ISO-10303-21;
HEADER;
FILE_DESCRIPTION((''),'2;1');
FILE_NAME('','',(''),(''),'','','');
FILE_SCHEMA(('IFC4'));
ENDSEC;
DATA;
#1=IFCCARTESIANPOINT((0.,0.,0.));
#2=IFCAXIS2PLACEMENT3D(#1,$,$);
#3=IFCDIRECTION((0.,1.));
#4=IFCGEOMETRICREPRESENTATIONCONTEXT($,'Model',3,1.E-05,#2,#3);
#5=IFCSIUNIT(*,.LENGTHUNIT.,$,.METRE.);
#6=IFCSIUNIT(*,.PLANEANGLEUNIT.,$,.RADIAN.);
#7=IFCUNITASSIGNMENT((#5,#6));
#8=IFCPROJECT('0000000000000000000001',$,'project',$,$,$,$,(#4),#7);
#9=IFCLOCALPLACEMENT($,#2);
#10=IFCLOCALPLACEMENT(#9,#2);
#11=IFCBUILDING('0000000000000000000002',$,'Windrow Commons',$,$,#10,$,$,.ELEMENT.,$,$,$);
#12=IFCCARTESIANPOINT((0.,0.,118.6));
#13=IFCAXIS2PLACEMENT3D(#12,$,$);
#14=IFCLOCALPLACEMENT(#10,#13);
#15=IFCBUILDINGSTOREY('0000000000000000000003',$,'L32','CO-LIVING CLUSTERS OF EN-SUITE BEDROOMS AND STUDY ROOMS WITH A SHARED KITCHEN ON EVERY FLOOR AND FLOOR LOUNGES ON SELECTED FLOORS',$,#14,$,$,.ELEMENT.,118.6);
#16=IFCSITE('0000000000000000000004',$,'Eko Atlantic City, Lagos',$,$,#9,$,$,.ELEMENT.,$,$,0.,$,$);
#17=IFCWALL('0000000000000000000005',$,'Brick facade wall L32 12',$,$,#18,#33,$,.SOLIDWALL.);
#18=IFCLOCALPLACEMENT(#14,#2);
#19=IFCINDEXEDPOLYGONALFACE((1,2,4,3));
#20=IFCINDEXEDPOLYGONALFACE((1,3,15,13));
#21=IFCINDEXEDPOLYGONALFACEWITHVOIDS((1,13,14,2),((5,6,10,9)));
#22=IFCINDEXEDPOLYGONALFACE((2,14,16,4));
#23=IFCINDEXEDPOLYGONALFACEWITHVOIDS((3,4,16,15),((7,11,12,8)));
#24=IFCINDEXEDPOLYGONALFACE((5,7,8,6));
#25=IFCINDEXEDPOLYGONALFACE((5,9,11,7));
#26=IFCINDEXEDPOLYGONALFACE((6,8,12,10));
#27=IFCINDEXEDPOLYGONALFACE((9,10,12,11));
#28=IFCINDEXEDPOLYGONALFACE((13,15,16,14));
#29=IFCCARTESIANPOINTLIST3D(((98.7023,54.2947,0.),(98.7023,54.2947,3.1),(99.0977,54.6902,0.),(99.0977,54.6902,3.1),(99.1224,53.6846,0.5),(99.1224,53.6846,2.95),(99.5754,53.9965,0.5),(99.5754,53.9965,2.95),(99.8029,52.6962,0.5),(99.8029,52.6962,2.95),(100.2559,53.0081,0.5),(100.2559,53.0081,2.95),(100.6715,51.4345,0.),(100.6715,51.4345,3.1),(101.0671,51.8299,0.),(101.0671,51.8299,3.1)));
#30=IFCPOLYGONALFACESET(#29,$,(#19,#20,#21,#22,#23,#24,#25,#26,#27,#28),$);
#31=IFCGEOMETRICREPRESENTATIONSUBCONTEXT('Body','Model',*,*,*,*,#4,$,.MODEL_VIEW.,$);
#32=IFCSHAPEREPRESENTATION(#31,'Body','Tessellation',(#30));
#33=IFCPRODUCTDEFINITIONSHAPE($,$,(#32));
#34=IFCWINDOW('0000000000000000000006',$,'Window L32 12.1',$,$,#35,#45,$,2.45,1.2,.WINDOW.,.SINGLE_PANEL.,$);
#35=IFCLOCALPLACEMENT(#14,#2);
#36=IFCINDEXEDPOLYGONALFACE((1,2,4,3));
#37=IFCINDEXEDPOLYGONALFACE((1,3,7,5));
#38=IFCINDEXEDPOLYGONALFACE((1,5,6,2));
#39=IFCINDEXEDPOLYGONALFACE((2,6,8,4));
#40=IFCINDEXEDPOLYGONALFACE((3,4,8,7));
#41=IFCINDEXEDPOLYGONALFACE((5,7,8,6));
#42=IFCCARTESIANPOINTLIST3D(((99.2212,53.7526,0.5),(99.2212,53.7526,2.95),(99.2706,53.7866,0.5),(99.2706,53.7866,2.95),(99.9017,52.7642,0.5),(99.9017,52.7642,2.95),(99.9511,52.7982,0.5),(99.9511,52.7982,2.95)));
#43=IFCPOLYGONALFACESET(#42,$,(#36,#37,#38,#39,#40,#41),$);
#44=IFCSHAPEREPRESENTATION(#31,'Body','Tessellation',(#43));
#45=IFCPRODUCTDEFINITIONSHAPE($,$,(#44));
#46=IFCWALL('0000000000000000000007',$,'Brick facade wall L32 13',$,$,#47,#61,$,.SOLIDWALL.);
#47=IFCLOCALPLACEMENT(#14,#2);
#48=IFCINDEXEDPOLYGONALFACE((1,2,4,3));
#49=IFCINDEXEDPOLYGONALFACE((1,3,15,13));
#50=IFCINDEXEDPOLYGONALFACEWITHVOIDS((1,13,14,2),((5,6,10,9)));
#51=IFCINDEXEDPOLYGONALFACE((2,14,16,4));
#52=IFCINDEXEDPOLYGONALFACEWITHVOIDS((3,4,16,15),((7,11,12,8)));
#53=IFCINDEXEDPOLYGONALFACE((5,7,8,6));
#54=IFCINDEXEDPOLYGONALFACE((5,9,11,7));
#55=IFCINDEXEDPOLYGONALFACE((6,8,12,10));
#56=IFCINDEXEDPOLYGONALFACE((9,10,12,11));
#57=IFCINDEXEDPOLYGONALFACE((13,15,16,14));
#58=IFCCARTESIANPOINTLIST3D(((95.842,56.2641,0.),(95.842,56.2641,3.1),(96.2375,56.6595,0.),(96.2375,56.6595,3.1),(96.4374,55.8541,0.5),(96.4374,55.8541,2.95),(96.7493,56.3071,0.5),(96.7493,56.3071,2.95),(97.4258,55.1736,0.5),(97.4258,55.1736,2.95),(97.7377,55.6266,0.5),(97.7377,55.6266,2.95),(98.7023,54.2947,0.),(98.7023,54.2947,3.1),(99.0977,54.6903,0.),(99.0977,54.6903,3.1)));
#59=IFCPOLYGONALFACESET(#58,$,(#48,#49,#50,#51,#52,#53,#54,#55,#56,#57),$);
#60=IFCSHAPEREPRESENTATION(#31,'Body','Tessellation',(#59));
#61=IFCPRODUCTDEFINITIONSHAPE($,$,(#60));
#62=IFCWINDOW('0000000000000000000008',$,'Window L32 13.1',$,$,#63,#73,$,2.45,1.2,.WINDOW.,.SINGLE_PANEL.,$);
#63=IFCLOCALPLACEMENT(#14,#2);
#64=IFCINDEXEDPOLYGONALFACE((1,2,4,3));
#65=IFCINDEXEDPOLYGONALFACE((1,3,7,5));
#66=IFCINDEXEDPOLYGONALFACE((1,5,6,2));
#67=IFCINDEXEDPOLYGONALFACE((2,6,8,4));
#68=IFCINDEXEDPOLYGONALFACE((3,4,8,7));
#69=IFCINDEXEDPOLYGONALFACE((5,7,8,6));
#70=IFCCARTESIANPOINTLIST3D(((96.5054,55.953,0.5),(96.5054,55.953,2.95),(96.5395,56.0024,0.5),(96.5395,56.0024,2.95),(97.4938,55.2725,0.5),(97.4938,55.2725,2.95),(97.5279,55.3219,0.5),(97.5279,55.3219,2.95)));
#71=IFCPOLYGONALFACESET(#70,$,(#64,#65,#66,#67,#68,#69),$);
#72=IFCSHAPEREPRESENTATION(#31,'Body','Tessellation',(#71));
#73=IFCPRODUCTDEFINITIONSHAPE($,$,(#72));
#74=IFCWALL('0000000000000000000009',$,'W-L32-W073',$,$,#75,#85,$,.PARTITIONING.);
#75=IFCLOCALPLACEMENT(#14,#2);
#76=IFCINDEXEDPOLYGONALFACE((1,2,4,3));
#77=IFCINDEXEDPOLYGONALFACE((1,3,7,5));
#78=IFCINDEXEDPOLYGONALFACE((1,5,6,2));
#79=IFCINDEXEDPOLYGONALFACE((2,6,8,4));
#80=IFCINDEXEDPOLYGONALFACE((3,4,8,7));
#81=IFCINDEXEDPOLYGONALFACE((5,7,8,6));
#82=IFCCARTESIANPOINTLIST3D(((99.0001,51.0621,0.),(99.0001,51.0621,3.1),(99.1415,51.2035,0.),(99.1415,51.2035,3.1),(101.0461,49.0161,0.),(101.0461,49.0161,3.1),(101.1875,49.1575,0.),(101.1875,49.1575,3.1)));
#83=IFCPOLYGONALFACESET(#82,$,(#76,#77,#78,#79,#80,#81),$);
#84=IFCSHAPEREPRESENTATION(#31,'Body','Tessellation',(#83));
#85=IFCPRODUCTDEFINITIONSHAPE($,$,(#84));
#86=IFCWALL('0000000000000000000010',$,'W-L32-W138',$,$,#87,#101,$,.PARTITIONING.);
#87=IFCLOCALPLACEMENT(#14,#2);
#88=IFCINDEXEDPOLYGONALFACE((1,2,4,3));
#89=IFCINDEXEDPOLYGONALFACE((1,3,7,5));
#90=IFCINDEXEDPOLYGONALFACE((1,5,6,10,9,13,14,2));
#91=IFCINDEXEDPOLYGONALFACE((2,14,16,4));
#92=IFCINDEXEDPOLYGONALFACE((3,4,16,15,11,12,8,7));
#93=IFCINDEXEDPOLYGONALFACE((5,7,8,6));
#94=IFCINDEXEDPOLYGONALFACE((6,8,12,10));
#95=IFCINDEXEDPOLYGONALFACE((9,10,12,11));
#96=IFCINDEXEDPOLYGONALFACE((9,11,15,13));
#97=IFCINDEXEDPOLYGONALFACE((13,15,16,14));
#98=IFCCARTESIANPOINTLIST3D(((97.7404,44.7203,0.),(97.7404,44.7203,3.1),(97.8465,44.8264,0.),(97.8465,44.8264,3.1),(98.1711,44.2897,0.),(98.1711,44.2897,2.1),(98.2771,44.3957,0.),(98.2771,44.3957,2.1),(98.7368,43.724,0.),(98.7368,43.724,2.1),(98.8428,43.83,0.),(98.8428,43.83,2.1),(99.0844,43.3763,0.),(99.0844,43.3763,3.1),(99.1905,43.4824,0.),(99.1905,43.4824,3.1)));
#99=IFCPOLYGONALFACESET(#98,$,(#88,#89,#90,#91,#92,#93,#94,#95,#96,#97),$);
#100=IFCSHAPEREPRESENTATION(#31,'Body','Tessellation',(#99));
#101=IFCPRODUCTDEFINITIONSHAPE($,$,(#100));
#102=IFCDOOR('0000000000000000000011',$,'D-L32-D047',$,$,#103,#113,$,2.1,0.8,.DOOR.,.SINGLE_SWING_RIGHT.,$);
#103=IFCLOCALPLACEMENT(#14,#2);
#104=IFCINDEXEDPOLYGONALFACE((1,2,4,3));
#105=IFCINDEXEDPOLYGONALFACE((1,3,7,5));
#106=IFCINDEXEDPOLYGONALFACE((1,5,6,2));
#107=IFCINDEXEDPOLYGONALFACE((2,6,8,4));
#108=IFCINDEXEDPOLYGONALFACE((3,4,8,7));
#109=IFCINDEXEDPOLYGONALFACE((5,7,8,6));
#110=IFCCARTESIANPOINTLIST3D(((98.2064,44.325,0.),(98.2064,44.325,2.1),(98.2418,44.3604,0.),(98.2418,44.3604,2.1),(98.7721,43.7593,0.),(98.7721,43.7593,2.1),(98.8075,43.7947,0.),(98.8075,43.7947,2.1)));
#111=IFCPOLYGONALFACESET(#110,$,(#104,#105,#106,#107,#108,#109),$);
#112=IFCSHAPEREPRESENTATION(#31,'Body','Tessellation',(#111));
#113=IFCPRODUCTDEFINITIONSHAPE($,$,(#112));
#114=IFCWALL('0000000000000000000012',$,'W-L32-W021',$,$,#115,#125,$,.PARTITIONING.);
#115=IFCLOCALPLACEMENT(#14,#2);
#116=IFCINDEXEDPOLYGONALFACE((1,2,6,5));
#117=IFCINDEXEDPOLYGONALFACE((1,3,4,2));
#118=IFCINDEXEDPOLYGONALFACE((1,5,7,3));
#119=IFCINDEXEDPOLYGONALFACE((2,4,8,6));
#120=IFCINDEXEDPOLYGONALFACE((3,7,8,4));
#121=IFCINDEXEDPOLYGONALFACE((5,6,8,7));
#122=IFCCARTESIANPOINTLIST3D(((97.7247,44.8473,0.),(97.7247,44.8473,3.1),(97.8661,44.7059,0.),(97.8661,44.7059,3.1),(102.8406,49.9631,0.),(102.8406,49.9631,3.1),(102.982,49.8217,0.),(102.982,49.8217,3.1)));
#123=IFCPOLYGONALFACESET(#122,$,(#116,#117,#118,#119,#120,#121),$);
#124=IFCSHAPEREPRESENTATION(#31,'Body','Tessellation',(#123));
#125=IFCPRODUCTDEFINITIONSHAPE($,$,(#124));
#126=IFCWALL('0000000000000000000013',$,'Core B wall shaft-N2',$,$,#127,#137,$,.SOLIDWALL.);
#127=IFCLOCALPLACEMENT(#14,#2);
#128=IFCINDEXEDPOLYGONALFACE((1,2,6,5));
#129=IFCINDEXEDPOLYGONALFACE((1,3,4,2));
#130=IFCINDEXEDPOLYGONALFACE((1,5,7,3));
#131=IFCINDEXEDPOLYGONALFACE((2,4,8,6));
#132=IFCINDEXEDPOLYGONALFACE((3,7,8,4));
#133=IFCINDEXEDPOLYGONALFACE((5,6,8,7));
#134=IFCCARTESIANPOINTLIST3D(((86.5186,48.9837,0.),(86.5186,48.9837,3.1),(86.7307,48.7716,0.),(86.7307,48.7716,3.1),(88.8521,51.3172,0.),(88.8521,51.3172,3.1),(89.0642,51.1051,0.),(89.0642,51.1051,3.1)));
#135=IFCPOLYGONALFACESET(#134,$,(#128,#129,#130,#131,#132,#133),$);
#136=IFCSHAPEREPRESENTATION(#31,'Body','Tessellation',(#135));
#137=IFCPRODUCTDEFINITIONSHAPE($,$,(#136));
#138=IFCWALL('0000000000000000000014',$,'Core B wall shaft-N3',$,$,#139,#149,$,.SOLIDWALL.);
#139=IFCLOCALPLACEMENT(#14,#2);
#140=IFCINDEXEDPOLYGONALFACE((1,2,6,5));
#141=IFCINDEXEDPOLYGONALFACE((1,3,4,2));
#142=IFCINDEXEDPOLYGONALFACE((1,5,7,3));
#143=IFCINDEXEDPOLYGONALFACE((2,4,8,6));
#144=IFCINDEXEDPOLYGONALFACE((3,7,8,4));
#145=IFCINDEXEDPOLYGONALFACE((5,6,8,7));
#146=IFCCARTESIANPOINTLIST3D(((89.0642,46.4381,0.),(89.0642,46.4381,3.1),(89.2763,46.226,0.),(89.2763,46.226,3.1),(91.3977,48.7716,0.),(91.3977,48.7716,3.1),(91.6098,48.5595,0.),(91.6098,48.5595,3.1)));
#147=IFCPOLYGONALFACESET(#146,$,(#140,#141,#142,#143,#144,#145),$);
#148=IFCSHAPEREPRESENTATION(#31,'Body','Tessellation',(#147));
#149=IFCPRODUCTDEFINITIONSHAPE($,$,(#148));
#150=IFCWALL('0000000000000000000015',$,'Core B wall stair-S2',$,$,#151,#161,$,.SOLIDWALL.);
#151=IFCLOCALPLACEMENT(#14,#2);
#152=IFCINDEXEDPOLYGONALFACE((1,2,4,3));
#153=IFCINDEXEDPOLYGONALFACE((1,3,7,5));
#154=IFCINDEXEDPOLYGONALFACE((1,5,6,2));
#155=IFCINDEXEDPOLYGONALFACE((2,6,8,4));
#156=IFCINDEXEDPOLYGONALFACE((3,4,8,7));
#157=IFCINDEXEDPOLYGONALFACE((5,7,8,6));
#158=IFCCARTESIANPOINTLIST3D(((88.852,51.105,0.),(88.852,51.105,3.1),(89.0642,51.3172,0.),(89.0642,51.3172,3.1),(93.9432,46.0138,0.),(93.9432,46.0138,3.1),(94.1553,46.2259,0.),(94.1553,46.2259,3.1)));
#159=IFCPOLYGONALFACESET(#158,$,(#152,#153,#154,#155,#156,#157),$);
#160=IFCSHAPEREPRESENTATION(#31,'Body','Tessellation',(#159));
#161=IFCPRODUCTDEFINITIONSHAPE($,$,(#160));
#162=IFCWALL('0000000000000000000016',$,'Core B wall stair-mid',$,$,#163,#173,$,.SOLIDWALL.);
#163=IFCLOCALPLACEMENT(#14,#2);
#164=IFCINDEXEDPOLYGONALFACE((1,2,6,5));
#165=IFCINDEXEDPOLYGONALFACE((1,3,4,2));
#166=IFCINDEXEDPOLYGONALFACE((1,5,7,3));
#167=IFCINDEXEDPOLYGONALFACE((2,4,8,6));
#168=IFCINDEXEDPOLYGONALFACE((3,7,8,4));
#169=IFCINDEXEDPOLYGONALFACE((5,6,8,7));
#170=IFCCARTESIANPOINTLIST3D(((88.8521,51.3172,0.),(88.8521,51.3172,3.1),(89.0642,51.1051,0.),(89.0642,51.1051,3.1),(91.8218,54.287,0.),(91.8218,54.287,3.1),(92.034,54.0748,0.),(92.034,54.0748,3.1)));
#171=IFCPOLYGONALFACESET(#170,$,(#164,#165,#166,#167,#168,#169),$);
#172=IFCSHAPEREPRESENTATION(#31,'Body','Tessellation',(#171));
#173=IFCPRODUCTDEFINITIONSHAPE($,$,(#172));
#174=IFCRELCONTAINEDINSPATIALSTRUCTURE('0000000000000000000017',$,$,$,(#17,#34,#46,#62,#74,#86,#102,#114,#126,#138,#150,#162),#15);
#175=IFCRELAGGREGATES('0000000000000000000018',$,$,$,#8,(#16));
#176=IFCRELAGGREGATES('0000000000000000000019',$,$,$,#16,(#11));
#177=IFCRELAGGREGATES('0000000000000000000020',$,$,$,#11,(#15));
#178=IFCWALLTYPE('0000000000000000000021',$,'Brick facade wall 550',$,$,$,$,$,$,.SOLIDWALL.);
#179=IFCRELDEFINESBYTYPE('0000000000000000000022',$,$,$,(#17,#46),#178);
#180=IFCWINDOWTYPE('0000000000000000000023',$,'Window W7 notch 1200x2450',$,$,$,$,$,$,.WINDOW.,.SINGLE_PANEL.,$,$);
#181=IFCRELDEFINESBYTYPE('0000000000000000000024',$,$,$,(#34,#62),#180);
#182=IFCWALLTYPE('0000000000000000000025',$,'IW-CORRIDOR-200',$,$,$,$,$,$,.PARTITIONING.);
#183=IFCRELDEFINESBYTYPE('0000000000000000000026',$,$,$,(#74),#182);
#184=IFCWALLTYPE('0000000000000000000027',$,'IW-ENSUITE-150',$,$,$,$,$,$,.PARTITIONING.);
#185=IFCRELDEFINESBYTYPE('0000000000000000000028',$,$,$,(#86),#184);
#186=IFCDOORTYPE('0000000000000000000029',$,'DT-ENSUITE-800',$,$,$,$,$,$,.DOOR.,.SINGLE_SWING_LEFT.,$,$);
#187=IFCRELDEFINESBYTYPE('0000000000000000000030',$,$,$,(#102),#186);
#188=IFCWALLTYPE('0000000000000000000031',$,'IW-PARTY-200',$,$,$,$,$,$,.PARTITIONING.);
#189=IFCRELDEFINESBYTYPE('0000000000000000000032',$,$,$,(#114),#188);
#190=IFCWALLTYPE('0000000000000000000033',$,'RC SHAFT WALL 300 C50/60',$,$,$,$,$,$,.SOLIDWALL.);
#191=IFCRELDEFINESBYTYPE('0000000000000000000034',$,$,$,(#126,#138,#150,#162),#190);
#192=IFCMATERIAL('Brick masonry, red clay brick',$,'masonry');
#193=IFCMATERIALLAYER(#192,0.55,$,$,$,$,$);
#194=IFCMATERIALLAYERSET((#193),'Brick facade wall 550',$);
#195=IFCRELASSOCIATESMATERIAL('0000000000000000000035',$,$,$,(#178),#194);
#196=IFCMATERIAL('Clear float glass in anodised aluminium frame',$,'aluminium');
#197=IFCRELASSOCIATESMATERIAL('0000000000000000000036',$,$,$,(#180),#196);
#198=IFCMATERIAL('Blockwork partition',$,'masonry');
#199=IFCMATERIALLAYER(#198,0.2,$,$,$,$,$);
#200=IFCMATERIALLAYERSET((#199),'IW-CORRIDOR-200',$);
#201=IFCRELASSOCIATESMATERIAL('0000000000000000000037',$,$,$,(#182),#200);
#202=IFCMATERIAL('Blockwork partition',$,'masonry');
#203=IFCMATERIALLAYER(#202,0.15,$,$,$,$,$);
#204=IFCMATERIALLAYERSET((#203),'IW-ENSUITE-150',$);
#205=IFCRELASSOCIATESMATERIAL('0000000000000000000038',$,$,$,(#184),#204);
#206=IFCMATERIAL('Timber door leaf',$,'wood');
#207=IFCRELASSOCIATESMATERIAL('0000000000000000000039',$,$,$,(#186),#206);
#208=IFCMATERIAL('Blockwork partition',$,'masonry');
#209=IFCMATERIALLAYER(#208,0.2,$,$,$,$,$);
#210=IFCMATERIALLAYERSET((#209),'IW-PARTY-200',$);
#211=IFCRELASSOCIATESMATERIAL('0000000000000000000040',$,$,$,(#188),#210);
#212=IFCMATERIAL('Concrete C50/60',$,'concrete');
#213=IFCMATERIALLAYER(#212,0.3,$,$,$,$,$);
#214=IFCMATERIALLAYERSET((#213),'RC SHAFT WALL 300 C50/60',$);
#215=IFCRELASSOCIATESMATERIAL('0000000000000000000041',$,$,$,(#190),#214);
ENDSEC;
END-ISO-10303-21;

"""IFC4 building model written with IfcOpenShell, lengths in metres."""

from ifc_helpers import new_model, si_unit, direction, frame, frame_2d, origin, place, context, subcontext, project, spatial, polyline, rectangle, outline, extrude, material, layer, layer_set, type_object, element, fill, save


model = new_model("IFC4")

# Units and contexts
model_context = context("Model", 3, precision=1e-05, world=origin(), true_north=direction((0.0, 1.0)))
body_context = subcontext(model_context, "Body", "Model", "MODEL_VIEW")
ifc_project = project(units=[si_unit("LENGTHUNIT", "METRE"), si_unit("PLANEANGLEUNIT", "RADIAN")], contexts=[model_context])

# Site, building, storey
site_placement = place(None, origin())
site = spatial("IfcSite", under=ifc_project, at=site_placement, Name="Eko Atlantic City, Lagos", CompositionType="ELEMENT", RefElevation=0.0)
building_placement = place(site_placement, origin())
building = spatial("IfcBuilding", under=site, at=building_placement, Name="Windrow Commons", CompositionType="ELEMENT")
storey_placement = place(building_placement, frame((0.0, 0.0, 118.6)))
storey = spatial("IfcBuildingStorey", under=building, at=storey_placement, Name="L32", Description="CO-LIVING CLUSTERS OF EN-SUITE BEDROOMS AND STUDY ROOMS WITH A SHARED KITCHEN ON EVERY FLOOR AND FLOOR LOUNGES ON SELECTED FLOORS", CompositionType="ELEMENT", Elevation=118.6)

# Walls, openings, windows
ifc_material_1 = material(Name="Brick masonry, red clay brick", Category="masonry")
ifc_layer_1 = layer(ifc_material_1, 0.55)
ifc_layer_set_1 = layer_set([ifc_layer_1], Name="Brick facade wall 550")
wall_type_1 = type_object("IfcWallType", Name="Brick facade wall 550", PredefinedType="SOLIDWALL", material=ifc_layer_set_1)
ifc_material_2 = material(Name="Clear float glass in anodised aluminium frame", Category="aluminium")
window_type_1 = type_object("IfcWindowType", Name="Window W7 notch 1200x2450", PartitioningType="SINGLE_PANEL", PredefinedType="WINDOW", material=ifc_material_2)
wall_1_placement = place(storey_placement, frame((100.8693, 51.6322, 0.0), z_axis=(0.0, 0.0, 1.0), x_axis=(-0.567085, 0.823659, 0.0)))
wall_1 = element("IfcWall", 1, at=wall_1_placement, inside=storey, type_object=wall_type_1, Name="Brick facade wall L32 12", PredefinedType="SOLIDWALL", context=body_context, shape_type="SweptSolid", body=[
    extrude(outline(polyline([(0.0507, -0.275), (3.5234, -0.275), (3.4219, 0.275), (-0.0507, 0.275), (0.0507, -0.275)])), origin(), (0.0, 0.0, 1.0), 3.1),
])
opening_1_placement = place(wall_1_placement, frame((1.4811, 0.0, 0.5)))
opening_1 = element("IfcOpeningElement", 2, at=opening_1_placement, cuts=wall_1, PredefinedType="OPENING", context=body_context, shape_type="SweptSolid", body=[
    extrude(rectangle(XDim=1.2, YDim=2.45, at=frame_2d((0.6, 1.225))), frame((0.0, 0.285, 0.0), z_axis=(0.0, -1.0, 0.0), x_axis=(1.0, 0.0, 0.0)), (0.0, 0.0, 1.0), 0.57),
])
window_1_placement = place(opening_1_placement, origin())
window_1 = element("IfcWindow", 3, at=window_1_placement, inside=storey, type_object=window_type_1, Name="Window L32 12.1", OverallHeight=2.45, OverallWidth=1.2, PartitioningType="SINGLE_PANEL", PredefinedType="WINDOW", context=body_context, shape_type="SweptSolid", body=[
    extrude(rectangle(XDim=1.2, YDim=2.45, at=frame_2d((0.6, 1.225))), frame((0.0, 0.155, 0.0), z_axis=(0.0, -1.0, 0.0), x_axis=(1.0, 0.0, 0.0)), (0.0, 0.0, 1.0), 0.06),
])
fill(opening_1, window_1)
wall_2_placement = place(storey_placement, frame((98.9, 54.4925, 0.0), z_axis=(0.0, 0.0, 1.0), x_axis=(-0.823659, 0.567085, 0.0)))
wall_2 = element("IfcWall", 4, at=wall_2_placement, inside=storey, type_object=wall_type_1, Name="Brick facade wall L32 13", PredefinedType="SOLIDWALL", context=body_context, shape_type="SweptSolid", body=[
    extrude(outline(polyline([(-0.0507, -0.275), (3.4219, -0.275), (3.5234, 0.275), (0.0507, 0.275), (-0.0507, -0.275)])), origin(), (0.0, 0.0, 1.0), 3.1),
])
opening_2_placement = place(wall_2_placement, frame((1.6005, 0.0, 0.5)))
opening_2 = element("IfcOpeningElement", 5, at=opening_2_placement, cuts=wall_2, PredefinedType="OPENING", context=body_context, shape_type="SweptSolid", body=[
    extrude(rectangle(XDim=1.2, YDim=2.45, at=frame_2d((0.6, 1.225))), frame((0.0, 0.285, 0.0), z_axis=(0.0, -1.0, 0.0), x_axis=(1.0, 0.0, 0.0)), (0.0, 0.0, 1.0), 0.57),
])
window_2_placement = place(opening_2_placement, origin())
window_2 = element("IfcWindow", 6, at=window_2_placement, inside=storey, type_object=window_type_1, Name="Window L32 13.1", OverallHeight=2.45, OverallWidth=1.2, PartitioningType="SINGLE_PANEL", PredefinedType="WINDOW", context=body_context, shape_type="SweptSolid", body=[
    extrude(rectangle(XDim=1.2, YDim=2.45, at=frame_2d((0.6, 1.225))), frame((0.0, 0.155, 0.0), z_axis=(0.0, -1.0, 0.0), x_axis=(1.0, 0.0, 0.0)), (0.0, 0.0, 1.0), 0.06),
])
fill(opening_2, window_2)

# Wall
ifc_material_3 = material(Name="Blockwork partition", Category="masonry")
ifc_layer_2 = layer(ifc_material_3, 0.2)
ifc_layer_set_2 = layer_set([ifc_layer_2], Name="IW-CORRIDOR-200")
wall_type_2 = type_object("IfcWallType", Name="IW-CORRIDOR-200", PredefinedType="PARTITIONING", material=ifc_layer_set_2)
wall_3_placement = place(storey_placement, frame((99.0708, 51.1328, 0.0), z_axis=(0.0, 0.0, 1.0), x_axis=(0.707107, -0.707107, 0.0)))
element("IfcWall", 7, at=wall_3_placement, inside=storey, type_object=wall_type_2, Name="W-L32-W073", PredefinedType="PARTITIONING", context=body_context, shape_type="SweptSolid", body=[
    extrude(rectangle(XDim=2.8935, YDim=0.2, at=frame_2d((1.4467, 0.0))), origin(), (0.0, 0.0, 1.0), 3.1),
])

# Wall, opening, door
ifc_material_4 = material(Name="Blockwork partition", Category="masonry")
ifc_layer_3 = layer(ifc_material_4, 0.15)
ifc_layer_set_3 = layer_set([ifc_layer_3], Name="IW-ENSUITE-150")
wall_type_3 = type_object("IfcWallType", Name="IW-ENSUITE-150", PredefinedType="PARTITIONING", material=ifc_layer_set_3)
wall_4_placement = place(storey_placement, frame((97.7934, 44.7734, 0.0), z_axis=(0.0, 0.0, 1.0), x_axis=(0.707107, -0.707107, 0.0)))
wall_4 = element("IfcWall", 8, at=wall_4_placement, inside=storey, type_object=wall_type_3, Name="W-L32-W138", PredefinedType="PARTITIONING", context=body_context, shape_type="SweptSolid", body=[
    extrude(rectangle(XDim=1.9007, YDim=0.15, at=frame_2d((0.9504, 0.0))), origin(), (0.0, 0.0, 1.0), 3.1),
])
opening_3_placement = place(wall_4_placement, frame((0.6091, 0.0, 0.0)))
opening_3 = element("IfcOpeningElement", 9, at=opening_3_placement, cuts=wall_4, PredefinedType="OPENING", context=body_context, shape_type="SweptSolid", body=[
    extrude(rectangle(XDim=0.8, YDim=2.1, at=frame_2d((0.4, 1.05))), frame((0.0, 0.085, 0.0), z_axis=(0.0, -1.0, 0.0), x_axis=(1.0, 0.0, 0.0)), (0.0, 0.0, 1.0), 0.17),
])
ifc_material_5 = material(Name="Timber door leaf", Category="wood")
door_type = type_object("IfcDoorType", Name="DT-ENSUITE-800", OperationType="SINGLE_SWING_LEFT", PredefinedType="DOOR", material=ifc_material_5)
door_placement = place(opening_3_placement, origin())
door = element("IfcDoor", 10, at=door_placement, inside=storey, type_object=door_type, Name="D-L32-D047", OperationType="SINGLE_SWING_RIGHT", OverallHeight=2.1, OverallWidth=0.8, PredefinedType="DOOR", context=body_context, shape_type="SweptSolid", body=[
    extrude(rectangle(XDim=0.8, YDim=2.1, at=frame_2d((0.4, 1.05))), frame((0.0, 0.025, 0.0), z_axis=(0.0, -1.0, 0.0), x_axis=(1.0, 0.0, 0.0)), (0.0, 0.0, 1.0), 0.05),
])
fill(opening_3, door)

# Walls
ifc_material_6 = material(Name="Blockwork partition", Category="masonry")
ifc_layer_4 = layer(ifc_material_6, 0.2)
ifc_layer_set_4 = layer_set([ifc_layer_4], Name="IW-PARTY-200")
wall_type_4 = type_object("IfcWallType", Name="IW-PARTY-200", PredefinedType="PARTITIONING", material=ifc_layer_set_4)
wall_5_placement = place(storey_placement, frame((97.7954, 44.7766, 0.0), z_axis=(0.0, 0.0, 1.0), x_axis=(0.707114, 0.7071, 0.0)))
element("IfcWall", 11, at=wall_5_placement, inside=storey, type_object=wall_type_4, Name="W-L32-W021", PredefinedType="PARTITIONING", context=body_context, shape_type="SweptSolid", body=[
    extrude(rectangle(XDim=7.2349, YDim=0.2, at=frame_2d((3.6174, 0.0))), origin(), (0.0, 0.0, 1.0), 3.1),
])
ifc_material_7 = material(Name="Concrete C50/60", Category="concrete")
ifc_layer_5 = layer(ifc_material_7, 0.3)
ifc_layer_set_5 = layer_set([ifc_layer_5], Name="RC SHAFT WALL 300 C50/60")
wall_type_5 = type_object("IfcWallType", Name="RC SHAFT WALL 300 C50/60", PredefinedType="SOLIDWALL", material=ifc_layer_set_5)
for number, where, z_axis, x_axis, name in (
    (12, (86.6246, 48.8776, 0.0), (0.0, 0.0, 1.0), (0.707107, 0.707107, 0.0), "Core B wall shaft-N2"),
    (13, (89.1702, 46.332, 0.0), (0.0, 0.0, 1.0), (0.707107, 0.707107, 0.0), "Core B wall shaft-N3"),
):
    element("IfcWall", number, at=place(storey_placement, frame(where, z_axis=z_axis, x_axis=x_axis)), inside=storey, type_object=wall_type_5, Name=name, PredefinedType="SOLIDWALL", context=body_context, shape_type="SweptSolid", body=[
        extrude(rectangle(XDim=3.3001, YDim=0.3, at=frame_2d((1.6501, 0.0))), origin(), (0.0, 0.0, 1.0), 3.1),
    ])
wall_6_placement = place(storey_placement, frame((88.9581, 51.2111, 0.0), z_axis=(0.0, 0.0, 1.0), x_axis=(0.7071, -0.707114, 0.0)))
element("IfcWall", 14, at=wall_6_placement, inside=storey, type_object=wall_type_5, Name="Core B wall stair-S2", PredefinedType="SOLIDWALL", context=body_context, shape_type="SweptSolid", body=[
    extrude(rectangle(XDim=7.2, YDim=0.3, at=frame_2d((3.6, 0.0))), origin(), (0.0, 0.0, 1.0), 3.1),
])
wall_7_placement = place(storey_placement, frame((88.9581, 51.2111, 0.0), z_axis=(0.0, 0.0, 1.0), x_axis=(0.707107, 0.707107, 0.0)))
element("IfcWall", 15, at=wall_7_placement, inside=storey, type_object=wall_type_5, Name="Core B wall stair-mid", PredefinedType="SOLIDWALL", context=body_context, shape_type="SweptSolid", body=[
    extrude(rectangle(XDim=4.1999, YDim=0.3, at=frame_2d((2.1, 0.0))), origin(), (0.0, 0.0, 1.0), 3.1),
])

save(model, "model.ifc")
